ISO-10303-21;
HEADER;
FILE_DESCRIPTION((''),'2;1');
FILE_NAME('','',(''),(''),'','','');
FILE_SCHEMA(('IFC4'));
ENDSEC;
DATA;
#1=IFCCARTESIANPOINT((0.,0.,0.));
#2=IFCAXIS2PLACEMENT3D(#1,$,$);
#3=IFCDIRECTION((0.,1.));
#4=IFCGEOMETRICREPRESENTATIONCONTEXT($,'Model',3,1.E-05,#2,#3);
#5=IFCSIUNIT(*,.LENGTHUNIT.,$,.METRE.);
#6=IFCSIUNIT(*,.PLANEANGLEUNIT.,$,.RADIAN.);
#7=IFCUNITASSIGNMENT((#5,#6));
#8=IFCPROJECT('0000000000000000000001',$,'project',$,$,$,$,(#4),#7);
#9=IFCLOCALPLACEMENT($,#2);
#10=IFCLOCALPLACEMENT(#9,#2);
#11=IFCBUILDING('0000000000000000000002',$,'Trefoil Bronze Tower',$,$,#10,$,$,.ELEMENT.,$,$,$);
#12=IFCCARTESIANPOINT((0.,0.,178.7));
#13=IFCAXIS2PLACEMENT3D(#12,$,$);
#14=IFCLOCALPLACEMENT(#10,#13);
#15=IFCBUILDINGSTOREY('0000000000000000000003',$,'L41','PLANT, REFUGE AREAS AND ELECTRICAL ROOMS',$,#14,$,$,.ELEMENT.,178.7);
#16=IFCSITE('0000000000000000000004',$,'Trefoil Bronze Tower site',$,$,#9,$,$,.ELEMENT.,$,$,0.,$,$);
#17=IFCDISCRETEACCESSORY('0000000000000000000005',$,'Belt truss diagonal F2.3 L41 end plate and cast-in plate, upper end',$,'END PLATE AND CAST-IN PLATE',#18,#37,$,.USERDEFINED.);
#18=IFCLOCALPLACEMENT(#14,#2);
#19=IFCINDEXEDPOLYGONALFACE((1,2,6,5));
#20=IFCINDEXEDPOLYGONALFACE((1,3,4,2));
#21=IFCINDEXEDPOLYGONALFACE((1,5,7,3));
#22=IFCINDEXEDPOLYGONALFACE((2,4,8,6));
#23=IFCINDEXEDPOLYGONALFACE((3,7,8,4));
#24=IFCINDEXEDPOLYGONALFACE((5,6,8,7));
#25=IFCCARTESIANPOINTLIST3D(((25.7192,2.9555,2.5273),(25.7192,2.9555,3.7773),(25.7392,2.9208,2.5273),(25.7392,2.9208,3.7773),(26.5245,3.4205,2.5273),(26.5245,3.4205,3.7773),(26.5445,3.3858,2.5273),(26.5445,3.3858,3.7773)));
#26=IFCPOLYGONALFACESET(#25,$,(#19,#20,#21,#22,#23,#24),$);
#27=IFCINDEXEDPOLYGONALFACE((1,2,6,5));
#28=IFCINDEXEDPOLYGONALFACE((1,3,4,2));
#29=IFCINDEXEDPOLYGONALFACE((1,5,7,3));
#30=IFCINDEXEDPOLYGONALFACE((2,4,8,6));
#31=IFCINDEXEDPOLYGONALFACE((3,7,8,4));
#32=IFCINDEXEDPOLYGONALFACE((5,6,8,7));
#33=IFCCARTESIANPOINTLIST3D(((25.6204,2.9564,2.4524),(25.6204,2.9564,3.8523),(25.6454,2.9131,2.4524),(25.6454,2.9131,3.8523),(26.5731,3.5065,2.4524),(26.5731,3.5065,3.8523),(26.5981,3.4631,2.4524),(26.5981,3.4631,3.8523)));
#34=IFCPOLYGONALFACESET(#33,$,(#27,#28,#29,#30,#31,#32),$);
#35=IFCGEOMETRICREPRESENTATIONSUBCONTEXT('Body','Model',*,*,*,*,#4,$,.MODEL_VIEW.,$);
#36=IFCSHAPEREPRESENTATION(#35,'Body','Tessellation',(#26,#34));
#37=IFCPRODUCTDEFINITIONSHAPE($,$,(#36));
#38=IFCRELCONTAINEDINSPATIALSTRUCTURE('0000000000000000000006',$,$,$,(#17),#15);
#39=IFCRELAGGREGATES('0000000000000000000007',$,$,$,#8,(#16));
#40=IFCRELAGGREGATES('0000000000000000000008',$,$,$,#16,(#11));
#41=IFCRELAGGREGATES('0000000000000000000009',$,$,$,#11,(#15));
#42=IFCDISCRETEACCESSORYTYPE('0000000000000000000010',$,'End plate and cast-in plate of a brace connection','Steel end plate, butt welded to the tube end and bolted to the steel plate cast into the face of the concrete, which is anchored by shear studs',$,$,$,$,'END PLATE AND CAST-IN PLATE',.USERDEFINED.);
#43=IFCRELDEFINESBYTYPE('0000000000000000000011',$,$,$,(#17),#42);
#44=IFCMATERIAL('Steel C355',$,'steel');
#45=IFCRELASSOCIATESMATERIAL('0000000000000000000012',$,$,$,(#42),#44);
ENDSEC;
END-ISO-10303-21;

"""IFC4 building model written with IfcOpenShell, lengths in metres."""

from ifc_helpers import new_model, si_unit, direction, frame, origin, origin_2d, place, context, subcontext, project, spatial, rectangle, extrude, material, type_object, element, save


model = new_model("IFC4")

# Units and contexts
model_context = context("Model", 3, precision=1e-05, world=origin(), true_north=direction((0.0, 1.0)))
body_context = subcontext(model_context, "Body", "Model", "MODEL_VIEW")
ifc_project = project(units=[si_unit("LENGTHUNIT", "METRE"), si_unit("PLANEANGLEUNIT", "RADIAN")], contexts=[model_context])

# Site, building, storey
site_placement = place(None, origin())
site = spatial("IfcSite", under=ifc_project, at=site_placement, Name="Trefoil Bronze Tower site", CompositionType="ELEMENT", RefElevation=0.0)
building_placement = place(site_placement, origin())
building = spatial("IfcBuilding", under=site, at=building_placement, Name="Trefoil Bronze Tower", CompositionType="ELEMENT")
storey_placement = place(building_placement, frame((0.0, 0.0, 178.7)))
storey = spatial("IfcBuildingStorey", under=building, at=storey_placement, Name="L41", Description="PLANT, REFUGE AREAS AND ELECTRICAL ROOMS", CompositionType="ELEMENT", Elevation=178.7)

# Discrete accessory
ifc_material_1 = material(Name="Steel C355", Category="steel")
discrete_accessory_type = type_object("IfcDiscreteAccessoryType", Name="End plate and cast-in plate of a brace connection", Description="Steel end plate, butt welded to the tube end and bolted to the steel plate cast into the face of the concrete, which is anchored by shear studs", ElementType="END PLATE AND CAST-IN PLATE", PredefinedType="USERDEFINED", material=ifc_material_1)
for number, where, z_axis, x_axis, name in (
    (1, (26.1218, 3.188, 3.1523), (0.0, 0.0, 1.0), (0.5, -0.866025, 0.0), "Belt truss diagonal F2.3 L41 end plate and cast-in plate, upper end"),
):
    element("IfcDiscreteAccessory", number, at=place(storey_placement, frame(where, z_axis=z_axis, x_axis=x_axis)), inside=storey, type_object=discrete_accessory_type, Name=name, ObjectType="END PLATE AND CAST-IN PLATE", PredefinedType="USERDEFINED", context=body_context, shape_type="SweptSolid", body=[
        extrude(rectangle(XDim=0.04, YDim=0.9299, at=origin_2d()), frame((0.02, 0.0, -0.625)), (0.0, 0.0, 1.0), 1.25),
        extrude(rectangle(XDim=0.05, YDim=1.1001, at=origin_2d()), frame((-0.0251, 0.0, -0.7)), (0.0, 0.0, 1.0), 1.3999),
    ])

save(model, "model.ifc")
